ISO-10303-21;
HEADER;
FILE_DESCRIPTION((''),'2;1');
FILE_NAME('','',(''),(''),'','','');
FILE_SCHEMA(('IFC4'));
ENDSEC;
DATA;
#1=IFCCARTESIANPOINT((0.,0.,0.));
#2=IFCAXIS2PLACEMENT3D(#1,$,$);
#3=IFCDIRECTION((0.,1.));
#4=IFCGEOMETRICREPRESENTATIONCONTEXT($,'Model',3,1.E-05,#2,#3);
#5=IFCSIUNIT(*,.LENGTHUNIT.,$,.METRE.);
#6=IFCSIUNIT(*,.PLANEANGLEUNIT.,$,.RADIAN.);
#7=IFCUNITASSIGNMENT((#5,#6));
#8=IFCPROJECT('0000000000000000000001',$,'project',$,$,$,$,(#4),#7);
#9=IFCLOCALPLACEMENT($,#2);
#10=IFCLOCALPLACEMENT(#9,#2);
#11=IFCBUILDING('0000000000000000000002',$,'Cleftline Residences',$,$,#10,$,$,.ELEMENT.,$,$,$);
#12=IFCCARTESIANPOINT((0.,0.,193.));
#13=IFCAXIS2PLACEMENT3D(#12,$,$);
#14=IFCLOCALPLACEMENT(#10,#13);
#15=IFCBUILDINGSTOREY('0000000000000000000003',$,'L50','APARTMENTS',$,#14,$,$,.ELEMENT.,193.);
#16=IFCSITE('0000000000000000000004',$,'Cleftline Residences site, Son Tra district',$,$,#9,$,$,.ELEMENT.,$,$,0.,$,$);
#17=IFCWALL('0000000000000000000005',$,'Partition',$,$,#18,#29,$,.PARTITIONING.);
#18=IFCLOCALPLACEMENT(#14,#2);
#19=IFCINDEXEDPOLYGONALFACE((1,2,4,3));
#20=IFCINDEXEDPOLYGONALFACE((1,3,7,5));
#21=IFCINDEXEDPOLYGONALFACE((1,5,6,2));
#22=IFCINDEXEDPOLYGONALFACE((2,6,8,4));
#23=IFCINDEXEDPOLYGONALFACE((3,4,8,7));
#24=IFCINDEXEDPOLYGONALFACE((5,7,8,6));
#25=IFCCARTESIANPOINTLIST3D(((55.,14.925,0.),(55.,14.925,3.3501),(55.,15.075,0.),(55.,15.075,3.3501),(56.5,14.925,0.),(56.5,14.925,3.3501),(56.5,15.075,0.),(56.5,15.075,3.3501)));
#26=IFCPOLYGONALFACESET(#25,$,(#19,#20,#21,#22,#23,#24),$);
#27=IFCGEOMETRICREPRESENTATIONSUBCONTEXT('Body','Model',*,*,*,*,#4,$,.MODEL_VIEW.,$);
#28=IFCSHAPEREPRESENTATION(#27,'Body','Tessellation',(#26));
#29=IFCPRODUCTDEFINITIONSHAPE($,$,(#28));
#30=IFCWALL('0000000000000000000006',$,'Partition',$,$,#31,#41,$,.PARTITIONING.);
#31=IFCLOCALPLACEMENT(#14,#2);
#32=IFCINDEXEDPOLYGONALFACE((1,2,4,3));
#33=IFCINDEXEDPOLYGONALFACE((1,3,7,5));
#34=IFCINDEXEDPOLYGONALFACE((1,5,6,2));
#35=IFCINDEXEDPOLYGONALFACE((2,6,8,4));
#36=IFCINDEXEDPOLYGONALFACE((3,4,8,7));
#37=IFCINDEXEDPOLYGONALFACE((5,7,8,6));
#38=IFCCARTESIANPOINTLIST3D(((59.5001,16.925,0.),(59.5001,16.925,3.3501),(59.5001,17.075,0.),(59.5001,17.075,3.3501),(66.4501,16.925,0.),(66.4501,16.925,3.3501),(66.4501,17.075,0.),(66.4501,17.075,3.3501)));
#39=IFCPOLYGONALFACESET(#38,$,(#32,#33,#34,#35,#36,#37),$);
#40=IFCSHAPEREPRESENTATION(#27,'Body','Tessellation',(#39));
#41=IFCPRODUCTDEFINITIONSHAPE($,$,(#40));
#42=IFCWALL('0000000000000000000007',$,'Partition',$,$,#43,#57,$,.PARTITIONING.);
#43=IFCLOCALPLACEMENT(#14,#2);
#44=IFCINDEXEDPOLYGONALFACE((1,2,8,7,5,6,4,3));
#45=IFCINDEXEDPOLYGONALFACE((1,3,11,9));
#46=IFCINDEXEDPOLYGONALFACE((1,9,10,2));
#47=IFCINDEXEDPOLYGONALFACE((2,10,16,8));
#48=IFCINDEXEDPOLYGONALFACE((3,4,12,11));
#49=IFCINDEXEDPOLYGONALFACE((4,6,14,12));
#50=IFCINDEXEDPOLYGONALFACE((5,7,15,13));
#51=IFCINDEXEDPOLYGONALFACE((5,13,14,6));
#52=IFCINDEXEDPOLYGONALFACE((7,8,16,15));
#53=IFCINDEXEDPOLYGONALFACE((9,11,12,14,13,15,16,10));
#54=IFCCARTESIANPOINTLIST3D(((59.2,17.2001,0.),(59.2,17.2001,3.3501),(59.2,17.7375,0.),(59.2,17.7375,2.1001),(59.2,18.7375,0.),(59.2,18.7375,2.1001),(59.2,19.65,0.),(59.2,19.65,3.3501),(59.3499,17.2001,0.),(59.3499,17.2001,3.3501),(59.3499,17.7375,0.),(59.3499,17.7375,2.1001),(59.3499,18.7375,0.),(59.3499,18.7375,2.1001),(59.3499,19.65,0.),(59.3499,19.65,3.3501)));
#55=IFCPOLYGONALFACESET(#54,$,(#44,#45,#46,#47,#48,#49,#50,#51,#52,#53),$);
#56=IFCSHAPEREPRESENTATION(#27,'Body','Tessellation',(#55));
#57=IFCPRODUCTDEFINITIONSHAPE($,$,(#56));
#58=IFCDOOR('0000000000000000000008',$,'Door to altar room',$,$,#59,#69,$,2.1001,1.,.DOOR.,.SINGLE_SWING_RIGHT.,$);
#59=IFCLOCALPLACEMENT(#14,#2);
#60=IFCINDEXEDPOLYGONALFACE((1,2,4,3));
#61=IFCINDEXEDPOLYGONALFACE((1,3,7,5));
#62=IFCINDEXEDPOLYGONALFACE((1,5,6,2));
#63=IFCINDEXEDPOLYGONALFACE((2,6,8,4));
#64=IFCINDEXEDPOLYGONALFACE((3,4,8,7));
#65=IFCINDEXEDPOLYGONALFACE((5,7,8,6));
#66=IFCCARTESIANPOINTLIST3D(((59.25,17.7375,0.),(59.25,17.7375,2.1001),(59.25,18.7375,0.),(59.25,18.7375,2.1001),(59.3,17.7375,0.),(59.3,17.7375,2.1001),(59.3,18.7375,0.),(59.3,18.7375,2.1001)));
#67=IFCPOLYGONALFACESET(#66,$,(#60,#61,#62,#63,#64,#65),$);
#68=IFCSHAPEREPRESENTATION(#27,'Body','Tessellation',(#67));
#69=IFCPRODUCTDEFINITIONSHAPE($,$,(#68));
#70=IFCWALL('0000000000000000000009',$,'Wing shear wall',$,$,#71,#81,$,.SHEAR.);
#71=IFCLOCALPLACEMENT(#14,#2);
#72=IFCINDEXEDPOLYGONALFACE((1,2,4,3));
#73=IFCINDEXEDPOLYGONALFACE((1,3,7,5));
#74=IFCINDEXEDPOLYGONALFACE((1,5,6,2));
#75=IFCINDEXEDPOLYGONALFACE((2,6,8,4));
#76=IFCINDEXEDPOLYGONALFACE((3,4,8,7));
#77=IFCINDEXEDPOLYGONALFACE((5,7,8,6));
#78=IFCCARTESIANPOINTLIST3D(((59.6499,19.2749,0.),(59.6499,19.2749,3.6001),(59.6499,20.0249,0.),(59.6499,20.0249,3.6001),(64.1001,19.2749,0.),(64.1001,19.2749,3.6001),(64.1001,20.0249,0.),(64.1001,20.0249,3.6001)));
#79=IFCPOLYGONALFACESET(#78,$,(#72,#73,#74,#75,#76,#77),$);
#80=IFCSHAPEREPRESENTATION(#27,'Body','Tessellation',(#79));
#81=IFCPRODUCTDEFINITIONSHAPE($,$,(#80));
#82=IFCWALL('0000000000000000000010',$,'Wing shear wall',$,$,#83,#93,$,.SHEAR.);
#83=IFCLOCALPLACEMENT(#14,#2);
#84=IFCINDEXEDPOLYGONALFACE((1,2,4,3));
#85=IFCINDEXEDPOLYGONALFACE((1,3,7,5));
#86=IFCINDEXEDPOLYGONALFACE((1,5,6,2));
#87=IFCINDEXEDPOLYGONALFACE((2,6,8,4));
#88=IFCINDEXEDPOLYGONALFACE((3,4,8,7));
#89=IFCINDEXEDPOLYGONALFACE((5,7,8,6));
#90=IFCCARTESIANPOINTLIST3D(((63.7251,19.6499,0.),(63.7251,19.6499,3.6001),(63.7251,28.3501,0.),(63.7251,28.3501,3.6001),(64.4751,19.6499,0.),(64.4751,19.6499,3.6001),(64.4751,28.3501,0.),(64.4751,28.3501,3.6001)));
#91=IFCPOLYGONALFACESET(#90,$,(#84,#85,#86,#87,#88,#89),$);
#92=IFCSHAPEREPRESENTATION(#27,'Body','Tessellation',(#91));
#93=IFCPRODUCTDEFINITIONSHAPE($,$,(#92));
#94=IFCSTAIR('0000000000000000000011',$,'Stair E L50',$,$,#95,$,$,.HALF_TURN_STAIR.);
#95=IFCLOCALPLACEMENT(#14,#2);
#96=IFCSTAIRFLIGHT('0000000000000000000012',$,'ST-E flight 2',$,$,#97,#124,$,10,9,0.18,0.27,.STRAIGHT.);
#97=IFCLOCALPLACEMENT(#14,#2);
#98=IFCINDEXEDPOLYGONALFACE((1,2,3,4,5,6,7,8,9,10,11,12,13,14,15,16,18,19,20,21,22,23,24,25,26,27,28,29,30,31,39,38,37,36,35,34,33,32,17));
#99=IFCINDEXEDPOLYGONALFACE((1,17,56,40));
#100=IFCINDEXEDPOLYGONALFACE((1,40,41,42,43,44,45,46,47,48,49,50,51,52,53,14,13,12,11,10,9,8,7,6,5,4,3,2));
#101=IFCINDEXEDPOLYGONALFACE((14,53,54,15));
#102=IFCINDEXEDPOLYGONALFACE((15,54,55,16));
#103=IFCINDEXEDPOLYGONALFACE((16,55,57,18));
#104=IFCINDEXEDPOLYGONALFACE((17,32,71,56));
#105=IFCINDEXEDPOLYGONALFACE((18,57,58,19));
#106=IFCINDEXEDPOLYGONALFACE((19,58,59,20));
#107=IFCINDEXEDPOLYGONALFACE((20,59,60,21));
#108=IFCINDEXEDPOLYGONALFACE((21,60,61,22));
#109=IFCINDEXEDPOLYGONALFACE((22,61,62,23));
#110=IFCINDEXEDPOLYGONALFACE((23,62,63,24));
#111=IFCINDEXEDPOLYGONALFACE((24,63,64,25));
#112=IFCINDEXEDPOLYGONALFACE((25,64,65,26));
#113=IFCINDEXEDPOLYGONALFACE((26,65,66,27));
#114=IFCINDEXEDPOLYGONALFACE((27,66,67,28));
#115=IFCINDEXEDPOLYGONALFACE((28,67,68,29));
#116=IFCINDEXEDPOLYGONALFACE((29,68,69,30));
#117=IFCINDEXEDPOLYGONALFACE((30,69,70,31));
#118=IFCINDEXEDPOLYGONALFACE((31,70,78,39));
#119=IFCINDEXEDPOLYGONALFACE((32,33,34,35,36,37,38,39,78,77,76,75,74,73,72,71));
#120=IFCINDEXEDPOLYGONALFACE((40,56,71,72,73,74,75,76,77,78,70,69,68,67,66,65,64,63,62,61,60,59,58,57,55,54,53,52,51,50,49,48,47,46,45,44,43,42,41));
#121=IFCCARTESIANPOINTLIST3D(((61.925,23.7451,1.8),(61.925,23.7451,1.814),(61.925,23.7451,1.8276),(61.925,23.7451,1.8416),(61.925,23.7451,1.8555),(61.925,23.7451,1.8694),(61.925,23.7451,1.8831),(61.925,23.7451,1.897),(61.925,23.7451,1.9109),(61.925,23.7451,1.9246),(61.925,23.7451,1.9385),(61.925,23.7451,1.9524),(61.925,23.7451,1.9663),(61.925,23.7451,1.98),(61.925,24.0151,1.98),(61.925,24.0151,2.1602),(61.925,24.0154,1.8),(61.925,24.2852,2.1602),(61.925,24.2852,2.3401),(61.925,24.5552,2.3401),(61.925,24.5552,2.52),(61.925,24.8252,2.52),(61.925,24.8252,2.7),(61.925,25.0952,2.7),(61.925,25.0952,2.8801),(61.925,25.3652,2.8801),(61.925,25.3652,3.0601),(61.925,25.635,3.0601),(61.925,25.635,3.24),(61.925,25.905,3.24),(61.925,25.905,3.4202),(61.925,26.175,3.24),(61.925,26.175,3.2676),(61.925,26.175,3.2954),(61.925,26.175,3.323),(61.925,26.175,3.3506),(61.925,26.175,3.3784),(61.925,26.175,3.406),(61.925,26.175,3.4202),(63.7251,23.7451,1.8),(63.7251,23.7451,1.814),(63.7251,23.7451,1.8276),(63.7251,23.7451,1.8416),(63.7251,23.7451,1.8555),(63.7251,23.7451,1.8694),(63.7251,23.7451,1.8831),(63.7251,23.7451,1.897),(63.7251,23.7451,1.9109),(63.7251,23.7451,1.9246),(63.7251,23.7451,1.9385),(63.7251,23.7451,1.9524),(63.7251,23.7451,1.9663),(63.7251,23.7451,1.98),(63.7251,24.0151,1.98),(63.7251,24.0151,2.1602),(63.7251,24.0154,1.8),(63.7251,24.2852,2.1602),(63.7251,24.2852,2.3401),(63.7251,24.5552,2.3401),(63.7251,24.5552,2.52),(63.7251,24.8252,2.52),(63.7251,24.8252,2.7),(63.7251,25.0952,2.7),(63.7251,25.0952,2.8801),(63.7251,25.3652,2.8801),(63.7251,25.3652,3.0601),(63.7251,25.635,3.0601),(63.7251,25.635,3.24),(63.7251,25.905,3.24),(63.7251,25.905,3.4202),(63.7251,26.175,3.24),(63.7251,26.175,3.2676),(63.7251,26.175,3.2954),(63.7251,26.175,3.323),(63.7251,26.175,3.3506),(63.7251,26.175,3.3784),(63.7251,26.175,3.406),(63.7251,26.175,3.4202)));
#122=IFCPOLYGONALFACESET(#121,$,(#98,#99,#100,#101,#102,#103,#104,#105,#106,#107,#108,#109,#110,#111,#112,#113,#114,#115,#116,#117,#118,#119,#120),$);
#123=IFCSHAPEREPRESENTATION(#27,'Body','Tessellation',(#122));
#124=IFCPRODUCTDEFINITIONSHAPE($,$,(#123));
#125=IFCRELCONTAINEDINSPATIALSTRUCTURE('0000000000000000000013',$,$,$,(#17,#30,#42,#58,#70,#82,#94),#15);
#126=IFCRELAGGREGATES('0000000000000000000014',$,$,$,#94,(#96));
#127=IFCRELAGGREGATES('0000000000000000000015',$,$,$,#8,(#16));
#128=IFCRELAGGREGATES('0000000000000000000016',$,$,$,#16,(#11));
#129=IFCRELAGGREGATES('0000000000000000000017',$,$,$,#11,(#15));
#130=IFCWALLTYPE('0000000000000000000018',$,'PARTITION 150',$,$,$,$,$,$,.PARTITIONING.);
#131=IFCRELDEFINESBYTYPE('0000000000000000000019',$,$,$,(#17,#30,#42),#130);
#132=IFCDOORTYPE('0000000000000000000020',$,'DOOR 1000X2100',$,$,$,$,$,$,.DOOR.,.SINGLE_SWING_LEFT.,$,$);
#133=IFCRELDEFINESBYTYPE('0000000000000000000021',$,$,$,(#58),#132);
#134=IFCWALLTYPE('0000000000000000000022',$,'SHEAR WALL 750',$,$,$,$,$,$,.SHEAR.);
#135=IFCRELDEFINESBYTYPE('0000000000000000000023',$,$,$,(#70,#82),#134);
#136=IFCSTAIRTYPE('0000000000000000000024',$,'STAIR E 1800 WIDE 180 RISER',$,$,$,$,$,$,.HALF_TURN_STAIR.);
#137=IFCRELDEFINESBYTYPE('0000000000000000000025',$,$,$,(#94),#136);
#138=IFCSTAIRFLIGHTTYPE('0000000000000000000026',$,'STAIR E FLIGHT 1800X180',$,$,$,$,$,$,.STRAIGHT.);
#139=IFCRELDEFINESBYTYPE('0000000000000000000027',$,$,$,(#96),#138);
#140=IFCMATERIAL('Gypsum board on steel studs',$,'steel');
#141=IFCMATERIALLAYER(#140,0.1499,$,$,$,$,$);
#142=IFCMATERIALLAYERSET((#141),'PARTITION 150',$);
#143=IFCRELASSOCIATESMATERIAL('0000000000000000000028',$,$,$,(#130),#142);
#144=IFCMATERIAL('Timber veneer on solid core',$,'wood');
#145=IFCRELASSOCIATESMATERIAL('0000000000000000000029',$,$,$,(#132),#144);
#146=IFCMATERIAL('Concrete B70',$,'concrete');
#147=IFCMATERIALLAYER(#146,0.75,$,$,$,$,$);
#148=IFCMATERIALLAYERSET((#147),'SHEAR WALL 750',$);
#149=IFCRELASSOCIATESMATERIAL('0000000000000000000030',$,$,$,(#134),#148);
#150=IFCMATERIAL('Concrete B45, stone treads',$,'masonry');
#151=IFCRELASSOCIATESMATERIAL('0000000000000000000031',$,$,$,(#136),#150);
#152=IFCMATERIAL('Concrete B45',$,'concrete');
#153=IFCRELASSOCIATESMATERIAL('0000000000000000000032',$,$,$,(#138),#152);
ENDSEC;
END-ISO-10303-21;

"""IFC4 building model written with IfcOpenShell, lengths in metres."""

from ifc_helpers import new_model, si_unit, direction, frame, frame_2d, origin, place, context, subcontext, project, spatial, polyline, rectangle, outline, extrude, material, layer, layer_set, type_object, element, fill, aggregate, save


model = new_model("IFC4")

# Units and contexts
model_context = context("Model", 3, precision=1e-05, world=origin(), true_north=direction((0.0, 1.0)))
body_context = subcontext(model_context, "Body", "Model", "MODEL_VIEW")
ifc_project = project(units=[si_unit("LENGTHUNIT", "METRE"), si_unit("PLANEANGLEUNIT", "RADIAN")], contexts=[model_context])

# Site, building, storey
site_placement = place(None, origin())
site = spatial("IfcSite", under=ifc_project, at=site_placement, Name="Cleftline Residences site, Son Tra district", CompositionType="ELEMENT", RefElevation=0.0)
building_placement = place(site_placement, origin())
building = spatial("IfcBuilding", under=site, at=building_placement, Name="Cleftline Residences", CompositionType="ELEMENT")
storey_placement = place(building_placement, frame((0.0, 0.0, 193.0)))
storey = spatial("IfcBuildingStorey", under=building, at=storey_placement, Name="L50", Description="APARTMENTS", CompositionType="ELEMENT", Elevation=193.0)

# Walls
ifc_material_1 = material(Name="Gypsum board on steel studs", Category="steel")
ifc_layer_1 = layer(ifc_material_1, 0.1499)
ifc_layer_set_1 = layer_set([ifc_layer_1], Name="PARTITION 150")
wall_type_1 = type_object("IfcWallType", Name="PARTITION 150", PredefinedType="PARTITIONING", material=ifc_layer_set_1)
wall_1_placement = place(storey_placement, frame((55.0, 15.0, 0.0), z_axis=(0.0, 0.0, 1.0), x_axis=(1.0, 0.0, 0.0)))
element("IfcWall", 1, at=wall_1_placement, inside=storey, type_object=wall_type_1, Name="Partition", PredefinedType="PARTITIONING", context=body_context, shape_type="SweptSolid", body=[
    extrude(rectangle(XDim=1.5, YDim=0.1499, at=frame_2d((0.75, 0.0))), origin(), (0.0, 0.0, 1.0), 3.3501),
])
wall_2_placement = place(storey_placement, frame((59.5, 17.0, 0.0), z_axis=(0.0, 0.0, 1.0), x_axis=(1.0, 0.0, 0.0)))
element("IfcWall", 2, at=wall_2_placement, inside=storey, type_object=wall_type_1, Name="Partition", PredefinedType="PARTITIONING", context=body_context, shape_type="SweptSolid", body=[
    extrude(rectangle(XDim=6.95, YDim=0.1499, at=frame_2d((3.4751, 0.0))), origin(), (0.0, 0.0, 1.0), 3.3501),
])

# Wall, opening, door
wall_3_placement = place(storey_placement, frame((59.2749, 17.2, 0.0), z_axis=(0.0, 0.0, 1.0), x_axis=(0.0, 1.0, 0.0)))
wall_3 = element("IfcWall", 3, at=wall_3_placement, inside=storey, type_object=wall_type_1, Name="Partition", PredefinedType="PARTITIONING", context=body_context, shape_type="SweptSolid", body=[
    extrude(rectangle(XDim=2.45, YDim=0.1499, at=frame_2d((1.2251, 0.0))), origin(), (0.0, 0.0, 1.0), 3.3501),
])
opening_placement = place(wall_3_placement, frame((0.5376, 0.0, 0.0)))
opening = element("IfcOpeningElement", 4, at=opening_placement, cuts=wall_3, PredefinedType="OPENING", context=body_context, shape_type="SweptSolid", body=[
    extrude(rectangle(XDim=1.0, YDim=2.1001, at=frame_2d((0.5, 1.05))), frame((0.0, 0.085, 0.0), z_axis=(0.0, -1.0, 0.0), x_axis=(1.0, 0.0, 0.0)), (0.0, 0.0, 1.0), 0.1699),
])
ifc_material_2 = material(Name="Timber veneer on solid core", Category="wood")
door_type = type_object("IfcDoorType", Name="DOOR 1000X2100", OperationType="SINGLE_SWING_LEFT", PredefinedType="DOOR", material=ifc_material_2)
door_placement = place(opening_placement, origin())
door = element("IfcDoor", 5, at=door_placement, inside=storey, type_object=door_type, Name="Door to altar room", OperationType="SINGLE_SWING_RIGHT", OverallHeight=2.1001, OverallWidth=1.0, PredefinedType="DOOR", context=body_context, shape_type="SweptSolid", body=[
    extrude(rectangle(XDim=1.0, YDim=2.1001, at=frame_2d((0.5, 1.05))), frame((0.0, 0.0249, 0.0), z_axis=(0.0, -1.0, 0.0), x_axis=(1.0, 0.0, 0.0)), (0.0, 0.0, 1.0), 0.05),
])
fill(opening, door)

# Walls
ifc_material_3 = material(Name="Concrete B70", Category="concrete")
ifc_layer_2 = layer(ifc_material_3, 0.75)
ifc_layer_set_2 = layer_set([ifc_layer_2], Name="SHEAR WALL 750")
wall_type_2 = type_object("IfcWallType", Name="SHEAR WALL 750", PredefinedType="SHEAR", material=ifc_layer_set_2)
wall_4_placement = place(storey_placement, frame((59.6499, 19.6499, 0.0), z_axis=(0.0, 0.0, 1.0), x_axis=(1.0, 0.0, 0.0)))
element("IfcWall", 6, at=wall_4_placement, inside=storey, type_object=wall_type_2, Name="Wing shear wall", PredefinedType="SHEAR", context=body_context, shape_type="SweptSolid", body=[
    extrude(rectangle(XDim=4.4502, YDim=0.75, at=frame_2d((2.2251, 0.0))), origin(), (0.0, 0.0, 1.0), 3.6001),
])
wall_5_placement = place(storey_placement, frame((64.1001, 19.6499, 0.0), z_axis=(0.0, 0.0, 1.0), x_axis=(0.0, 1.0, 0.0)))
element("IfcWall", 7, at=wall_5_placement, inside=storey, type_object=wall_type_2, Name="Wing shear wall", PredefinedType="SHEAR", context=body_context, shape_type="SweptSolid", body=[
    extrude(rectangle(XDim=8.7002, YDim=0.75, at=frame_2d((4.3501, 0.0))), origin(), (0.0, 0.0, 1.0), 3.6001),
])

# Stair, stair flight
ifc_material_4 = material(Name="Concrete B45, stone treads", Category="masonry")
stair_type = type_object("IfcStairType", Name="STAIR E 1800 WIDE 180 RISER", PredefinedType="HALF_TURN_STAIR", material=ifc_material_4)
stair_placement = place(storey_placement, origin())
stair = element("IfcStair", 8, at=stair_placement, inside=storey, type_object=stair_type, Name="Stair E L50", PredefinedType="HALF_TURN_STAIR")
ifc_material_5 = material(Name="Concrete B45", Category="concrete")
stair_flight_type = type_object("IfcStairFlightType", Name="STAIR E FLIGHT 1800X180", PredefinedType="STRAIGHT", material=ifc_material_5)
stair_flight_placement = place(storey_placement, frame((62.825, 23.7451, 1.8), z_axis=(0.0, 0.0, 1.0), x_axis=(0.0, 1.0, 0.0)))
stair_flight = element("IfcStairFlight", 9, at=stair_flight_placement, type_object=stair_flight_type, Name="ST-E flight 2", NumberOfRisers=10, NumberOfTreads=9, PredefinedType="STRAIGHT", RiserHeight=0.18, TreadLength=0.27, context=body_context, shape_type="SweptSolid", body=[
    extrude(outline(polyline([(0.0, 0.0), (0.0, 0.0139), (0.0, 0.0276), (0.0, 0.0415), (0.0, 0.0554), (0.0, 0.0693), (0.0, 0.083), (0.0, 0.0969), (0.0, 0.1108), (0.0, 0.1245), (0.0, 0.1384), (0.0, 0.1523), (0.0, 0.1663), (0.0, 0.1799), (0.27, 0.1799), (0.27, 0.3601), (0.54, 0.3601), (0.54, 0.54), (0.8101, 0.54), (0.8101, 0.72), (1.0801, 0.72), (1.0801, 0.8999), (1.3501, 0.8999), (1.3501, 1.0801), (1.6201, 1.0801), (1.6201, 1.26), (1.8899, 1.26), (1.8899, 1.4399), (2.1599, 1.4399), (2.1599, 1.6201), (2.4299, 1.6201), (2.4299, 1.8), (2.4299, 1.7722), (2.4299, 1.7446), (2.4299, 1.7168), (2.4299, 1.6892), (2.4299, 1.6614), (2.4299, 1.6338), (2.4299, 1.606), (2.4299, 1.5784), (2.4299, 1.5505), (2.4299, 1.5229), (2.4299, 1.4954), (2.4299, 1.4675), (2.4299, 1.4399), (0.2703, 0.0), (0.0, 0.0)])), frame((0.0, 0.8999, 0.0), z_axis=(0.0, -1.0, 0.0), x_axis=(1.0, 0.0, 0.0)), (0.0, 0.0, 1.0), 1.8),
])
aggregate(stair, [stair_flight])

save(model, "model.ifc")
